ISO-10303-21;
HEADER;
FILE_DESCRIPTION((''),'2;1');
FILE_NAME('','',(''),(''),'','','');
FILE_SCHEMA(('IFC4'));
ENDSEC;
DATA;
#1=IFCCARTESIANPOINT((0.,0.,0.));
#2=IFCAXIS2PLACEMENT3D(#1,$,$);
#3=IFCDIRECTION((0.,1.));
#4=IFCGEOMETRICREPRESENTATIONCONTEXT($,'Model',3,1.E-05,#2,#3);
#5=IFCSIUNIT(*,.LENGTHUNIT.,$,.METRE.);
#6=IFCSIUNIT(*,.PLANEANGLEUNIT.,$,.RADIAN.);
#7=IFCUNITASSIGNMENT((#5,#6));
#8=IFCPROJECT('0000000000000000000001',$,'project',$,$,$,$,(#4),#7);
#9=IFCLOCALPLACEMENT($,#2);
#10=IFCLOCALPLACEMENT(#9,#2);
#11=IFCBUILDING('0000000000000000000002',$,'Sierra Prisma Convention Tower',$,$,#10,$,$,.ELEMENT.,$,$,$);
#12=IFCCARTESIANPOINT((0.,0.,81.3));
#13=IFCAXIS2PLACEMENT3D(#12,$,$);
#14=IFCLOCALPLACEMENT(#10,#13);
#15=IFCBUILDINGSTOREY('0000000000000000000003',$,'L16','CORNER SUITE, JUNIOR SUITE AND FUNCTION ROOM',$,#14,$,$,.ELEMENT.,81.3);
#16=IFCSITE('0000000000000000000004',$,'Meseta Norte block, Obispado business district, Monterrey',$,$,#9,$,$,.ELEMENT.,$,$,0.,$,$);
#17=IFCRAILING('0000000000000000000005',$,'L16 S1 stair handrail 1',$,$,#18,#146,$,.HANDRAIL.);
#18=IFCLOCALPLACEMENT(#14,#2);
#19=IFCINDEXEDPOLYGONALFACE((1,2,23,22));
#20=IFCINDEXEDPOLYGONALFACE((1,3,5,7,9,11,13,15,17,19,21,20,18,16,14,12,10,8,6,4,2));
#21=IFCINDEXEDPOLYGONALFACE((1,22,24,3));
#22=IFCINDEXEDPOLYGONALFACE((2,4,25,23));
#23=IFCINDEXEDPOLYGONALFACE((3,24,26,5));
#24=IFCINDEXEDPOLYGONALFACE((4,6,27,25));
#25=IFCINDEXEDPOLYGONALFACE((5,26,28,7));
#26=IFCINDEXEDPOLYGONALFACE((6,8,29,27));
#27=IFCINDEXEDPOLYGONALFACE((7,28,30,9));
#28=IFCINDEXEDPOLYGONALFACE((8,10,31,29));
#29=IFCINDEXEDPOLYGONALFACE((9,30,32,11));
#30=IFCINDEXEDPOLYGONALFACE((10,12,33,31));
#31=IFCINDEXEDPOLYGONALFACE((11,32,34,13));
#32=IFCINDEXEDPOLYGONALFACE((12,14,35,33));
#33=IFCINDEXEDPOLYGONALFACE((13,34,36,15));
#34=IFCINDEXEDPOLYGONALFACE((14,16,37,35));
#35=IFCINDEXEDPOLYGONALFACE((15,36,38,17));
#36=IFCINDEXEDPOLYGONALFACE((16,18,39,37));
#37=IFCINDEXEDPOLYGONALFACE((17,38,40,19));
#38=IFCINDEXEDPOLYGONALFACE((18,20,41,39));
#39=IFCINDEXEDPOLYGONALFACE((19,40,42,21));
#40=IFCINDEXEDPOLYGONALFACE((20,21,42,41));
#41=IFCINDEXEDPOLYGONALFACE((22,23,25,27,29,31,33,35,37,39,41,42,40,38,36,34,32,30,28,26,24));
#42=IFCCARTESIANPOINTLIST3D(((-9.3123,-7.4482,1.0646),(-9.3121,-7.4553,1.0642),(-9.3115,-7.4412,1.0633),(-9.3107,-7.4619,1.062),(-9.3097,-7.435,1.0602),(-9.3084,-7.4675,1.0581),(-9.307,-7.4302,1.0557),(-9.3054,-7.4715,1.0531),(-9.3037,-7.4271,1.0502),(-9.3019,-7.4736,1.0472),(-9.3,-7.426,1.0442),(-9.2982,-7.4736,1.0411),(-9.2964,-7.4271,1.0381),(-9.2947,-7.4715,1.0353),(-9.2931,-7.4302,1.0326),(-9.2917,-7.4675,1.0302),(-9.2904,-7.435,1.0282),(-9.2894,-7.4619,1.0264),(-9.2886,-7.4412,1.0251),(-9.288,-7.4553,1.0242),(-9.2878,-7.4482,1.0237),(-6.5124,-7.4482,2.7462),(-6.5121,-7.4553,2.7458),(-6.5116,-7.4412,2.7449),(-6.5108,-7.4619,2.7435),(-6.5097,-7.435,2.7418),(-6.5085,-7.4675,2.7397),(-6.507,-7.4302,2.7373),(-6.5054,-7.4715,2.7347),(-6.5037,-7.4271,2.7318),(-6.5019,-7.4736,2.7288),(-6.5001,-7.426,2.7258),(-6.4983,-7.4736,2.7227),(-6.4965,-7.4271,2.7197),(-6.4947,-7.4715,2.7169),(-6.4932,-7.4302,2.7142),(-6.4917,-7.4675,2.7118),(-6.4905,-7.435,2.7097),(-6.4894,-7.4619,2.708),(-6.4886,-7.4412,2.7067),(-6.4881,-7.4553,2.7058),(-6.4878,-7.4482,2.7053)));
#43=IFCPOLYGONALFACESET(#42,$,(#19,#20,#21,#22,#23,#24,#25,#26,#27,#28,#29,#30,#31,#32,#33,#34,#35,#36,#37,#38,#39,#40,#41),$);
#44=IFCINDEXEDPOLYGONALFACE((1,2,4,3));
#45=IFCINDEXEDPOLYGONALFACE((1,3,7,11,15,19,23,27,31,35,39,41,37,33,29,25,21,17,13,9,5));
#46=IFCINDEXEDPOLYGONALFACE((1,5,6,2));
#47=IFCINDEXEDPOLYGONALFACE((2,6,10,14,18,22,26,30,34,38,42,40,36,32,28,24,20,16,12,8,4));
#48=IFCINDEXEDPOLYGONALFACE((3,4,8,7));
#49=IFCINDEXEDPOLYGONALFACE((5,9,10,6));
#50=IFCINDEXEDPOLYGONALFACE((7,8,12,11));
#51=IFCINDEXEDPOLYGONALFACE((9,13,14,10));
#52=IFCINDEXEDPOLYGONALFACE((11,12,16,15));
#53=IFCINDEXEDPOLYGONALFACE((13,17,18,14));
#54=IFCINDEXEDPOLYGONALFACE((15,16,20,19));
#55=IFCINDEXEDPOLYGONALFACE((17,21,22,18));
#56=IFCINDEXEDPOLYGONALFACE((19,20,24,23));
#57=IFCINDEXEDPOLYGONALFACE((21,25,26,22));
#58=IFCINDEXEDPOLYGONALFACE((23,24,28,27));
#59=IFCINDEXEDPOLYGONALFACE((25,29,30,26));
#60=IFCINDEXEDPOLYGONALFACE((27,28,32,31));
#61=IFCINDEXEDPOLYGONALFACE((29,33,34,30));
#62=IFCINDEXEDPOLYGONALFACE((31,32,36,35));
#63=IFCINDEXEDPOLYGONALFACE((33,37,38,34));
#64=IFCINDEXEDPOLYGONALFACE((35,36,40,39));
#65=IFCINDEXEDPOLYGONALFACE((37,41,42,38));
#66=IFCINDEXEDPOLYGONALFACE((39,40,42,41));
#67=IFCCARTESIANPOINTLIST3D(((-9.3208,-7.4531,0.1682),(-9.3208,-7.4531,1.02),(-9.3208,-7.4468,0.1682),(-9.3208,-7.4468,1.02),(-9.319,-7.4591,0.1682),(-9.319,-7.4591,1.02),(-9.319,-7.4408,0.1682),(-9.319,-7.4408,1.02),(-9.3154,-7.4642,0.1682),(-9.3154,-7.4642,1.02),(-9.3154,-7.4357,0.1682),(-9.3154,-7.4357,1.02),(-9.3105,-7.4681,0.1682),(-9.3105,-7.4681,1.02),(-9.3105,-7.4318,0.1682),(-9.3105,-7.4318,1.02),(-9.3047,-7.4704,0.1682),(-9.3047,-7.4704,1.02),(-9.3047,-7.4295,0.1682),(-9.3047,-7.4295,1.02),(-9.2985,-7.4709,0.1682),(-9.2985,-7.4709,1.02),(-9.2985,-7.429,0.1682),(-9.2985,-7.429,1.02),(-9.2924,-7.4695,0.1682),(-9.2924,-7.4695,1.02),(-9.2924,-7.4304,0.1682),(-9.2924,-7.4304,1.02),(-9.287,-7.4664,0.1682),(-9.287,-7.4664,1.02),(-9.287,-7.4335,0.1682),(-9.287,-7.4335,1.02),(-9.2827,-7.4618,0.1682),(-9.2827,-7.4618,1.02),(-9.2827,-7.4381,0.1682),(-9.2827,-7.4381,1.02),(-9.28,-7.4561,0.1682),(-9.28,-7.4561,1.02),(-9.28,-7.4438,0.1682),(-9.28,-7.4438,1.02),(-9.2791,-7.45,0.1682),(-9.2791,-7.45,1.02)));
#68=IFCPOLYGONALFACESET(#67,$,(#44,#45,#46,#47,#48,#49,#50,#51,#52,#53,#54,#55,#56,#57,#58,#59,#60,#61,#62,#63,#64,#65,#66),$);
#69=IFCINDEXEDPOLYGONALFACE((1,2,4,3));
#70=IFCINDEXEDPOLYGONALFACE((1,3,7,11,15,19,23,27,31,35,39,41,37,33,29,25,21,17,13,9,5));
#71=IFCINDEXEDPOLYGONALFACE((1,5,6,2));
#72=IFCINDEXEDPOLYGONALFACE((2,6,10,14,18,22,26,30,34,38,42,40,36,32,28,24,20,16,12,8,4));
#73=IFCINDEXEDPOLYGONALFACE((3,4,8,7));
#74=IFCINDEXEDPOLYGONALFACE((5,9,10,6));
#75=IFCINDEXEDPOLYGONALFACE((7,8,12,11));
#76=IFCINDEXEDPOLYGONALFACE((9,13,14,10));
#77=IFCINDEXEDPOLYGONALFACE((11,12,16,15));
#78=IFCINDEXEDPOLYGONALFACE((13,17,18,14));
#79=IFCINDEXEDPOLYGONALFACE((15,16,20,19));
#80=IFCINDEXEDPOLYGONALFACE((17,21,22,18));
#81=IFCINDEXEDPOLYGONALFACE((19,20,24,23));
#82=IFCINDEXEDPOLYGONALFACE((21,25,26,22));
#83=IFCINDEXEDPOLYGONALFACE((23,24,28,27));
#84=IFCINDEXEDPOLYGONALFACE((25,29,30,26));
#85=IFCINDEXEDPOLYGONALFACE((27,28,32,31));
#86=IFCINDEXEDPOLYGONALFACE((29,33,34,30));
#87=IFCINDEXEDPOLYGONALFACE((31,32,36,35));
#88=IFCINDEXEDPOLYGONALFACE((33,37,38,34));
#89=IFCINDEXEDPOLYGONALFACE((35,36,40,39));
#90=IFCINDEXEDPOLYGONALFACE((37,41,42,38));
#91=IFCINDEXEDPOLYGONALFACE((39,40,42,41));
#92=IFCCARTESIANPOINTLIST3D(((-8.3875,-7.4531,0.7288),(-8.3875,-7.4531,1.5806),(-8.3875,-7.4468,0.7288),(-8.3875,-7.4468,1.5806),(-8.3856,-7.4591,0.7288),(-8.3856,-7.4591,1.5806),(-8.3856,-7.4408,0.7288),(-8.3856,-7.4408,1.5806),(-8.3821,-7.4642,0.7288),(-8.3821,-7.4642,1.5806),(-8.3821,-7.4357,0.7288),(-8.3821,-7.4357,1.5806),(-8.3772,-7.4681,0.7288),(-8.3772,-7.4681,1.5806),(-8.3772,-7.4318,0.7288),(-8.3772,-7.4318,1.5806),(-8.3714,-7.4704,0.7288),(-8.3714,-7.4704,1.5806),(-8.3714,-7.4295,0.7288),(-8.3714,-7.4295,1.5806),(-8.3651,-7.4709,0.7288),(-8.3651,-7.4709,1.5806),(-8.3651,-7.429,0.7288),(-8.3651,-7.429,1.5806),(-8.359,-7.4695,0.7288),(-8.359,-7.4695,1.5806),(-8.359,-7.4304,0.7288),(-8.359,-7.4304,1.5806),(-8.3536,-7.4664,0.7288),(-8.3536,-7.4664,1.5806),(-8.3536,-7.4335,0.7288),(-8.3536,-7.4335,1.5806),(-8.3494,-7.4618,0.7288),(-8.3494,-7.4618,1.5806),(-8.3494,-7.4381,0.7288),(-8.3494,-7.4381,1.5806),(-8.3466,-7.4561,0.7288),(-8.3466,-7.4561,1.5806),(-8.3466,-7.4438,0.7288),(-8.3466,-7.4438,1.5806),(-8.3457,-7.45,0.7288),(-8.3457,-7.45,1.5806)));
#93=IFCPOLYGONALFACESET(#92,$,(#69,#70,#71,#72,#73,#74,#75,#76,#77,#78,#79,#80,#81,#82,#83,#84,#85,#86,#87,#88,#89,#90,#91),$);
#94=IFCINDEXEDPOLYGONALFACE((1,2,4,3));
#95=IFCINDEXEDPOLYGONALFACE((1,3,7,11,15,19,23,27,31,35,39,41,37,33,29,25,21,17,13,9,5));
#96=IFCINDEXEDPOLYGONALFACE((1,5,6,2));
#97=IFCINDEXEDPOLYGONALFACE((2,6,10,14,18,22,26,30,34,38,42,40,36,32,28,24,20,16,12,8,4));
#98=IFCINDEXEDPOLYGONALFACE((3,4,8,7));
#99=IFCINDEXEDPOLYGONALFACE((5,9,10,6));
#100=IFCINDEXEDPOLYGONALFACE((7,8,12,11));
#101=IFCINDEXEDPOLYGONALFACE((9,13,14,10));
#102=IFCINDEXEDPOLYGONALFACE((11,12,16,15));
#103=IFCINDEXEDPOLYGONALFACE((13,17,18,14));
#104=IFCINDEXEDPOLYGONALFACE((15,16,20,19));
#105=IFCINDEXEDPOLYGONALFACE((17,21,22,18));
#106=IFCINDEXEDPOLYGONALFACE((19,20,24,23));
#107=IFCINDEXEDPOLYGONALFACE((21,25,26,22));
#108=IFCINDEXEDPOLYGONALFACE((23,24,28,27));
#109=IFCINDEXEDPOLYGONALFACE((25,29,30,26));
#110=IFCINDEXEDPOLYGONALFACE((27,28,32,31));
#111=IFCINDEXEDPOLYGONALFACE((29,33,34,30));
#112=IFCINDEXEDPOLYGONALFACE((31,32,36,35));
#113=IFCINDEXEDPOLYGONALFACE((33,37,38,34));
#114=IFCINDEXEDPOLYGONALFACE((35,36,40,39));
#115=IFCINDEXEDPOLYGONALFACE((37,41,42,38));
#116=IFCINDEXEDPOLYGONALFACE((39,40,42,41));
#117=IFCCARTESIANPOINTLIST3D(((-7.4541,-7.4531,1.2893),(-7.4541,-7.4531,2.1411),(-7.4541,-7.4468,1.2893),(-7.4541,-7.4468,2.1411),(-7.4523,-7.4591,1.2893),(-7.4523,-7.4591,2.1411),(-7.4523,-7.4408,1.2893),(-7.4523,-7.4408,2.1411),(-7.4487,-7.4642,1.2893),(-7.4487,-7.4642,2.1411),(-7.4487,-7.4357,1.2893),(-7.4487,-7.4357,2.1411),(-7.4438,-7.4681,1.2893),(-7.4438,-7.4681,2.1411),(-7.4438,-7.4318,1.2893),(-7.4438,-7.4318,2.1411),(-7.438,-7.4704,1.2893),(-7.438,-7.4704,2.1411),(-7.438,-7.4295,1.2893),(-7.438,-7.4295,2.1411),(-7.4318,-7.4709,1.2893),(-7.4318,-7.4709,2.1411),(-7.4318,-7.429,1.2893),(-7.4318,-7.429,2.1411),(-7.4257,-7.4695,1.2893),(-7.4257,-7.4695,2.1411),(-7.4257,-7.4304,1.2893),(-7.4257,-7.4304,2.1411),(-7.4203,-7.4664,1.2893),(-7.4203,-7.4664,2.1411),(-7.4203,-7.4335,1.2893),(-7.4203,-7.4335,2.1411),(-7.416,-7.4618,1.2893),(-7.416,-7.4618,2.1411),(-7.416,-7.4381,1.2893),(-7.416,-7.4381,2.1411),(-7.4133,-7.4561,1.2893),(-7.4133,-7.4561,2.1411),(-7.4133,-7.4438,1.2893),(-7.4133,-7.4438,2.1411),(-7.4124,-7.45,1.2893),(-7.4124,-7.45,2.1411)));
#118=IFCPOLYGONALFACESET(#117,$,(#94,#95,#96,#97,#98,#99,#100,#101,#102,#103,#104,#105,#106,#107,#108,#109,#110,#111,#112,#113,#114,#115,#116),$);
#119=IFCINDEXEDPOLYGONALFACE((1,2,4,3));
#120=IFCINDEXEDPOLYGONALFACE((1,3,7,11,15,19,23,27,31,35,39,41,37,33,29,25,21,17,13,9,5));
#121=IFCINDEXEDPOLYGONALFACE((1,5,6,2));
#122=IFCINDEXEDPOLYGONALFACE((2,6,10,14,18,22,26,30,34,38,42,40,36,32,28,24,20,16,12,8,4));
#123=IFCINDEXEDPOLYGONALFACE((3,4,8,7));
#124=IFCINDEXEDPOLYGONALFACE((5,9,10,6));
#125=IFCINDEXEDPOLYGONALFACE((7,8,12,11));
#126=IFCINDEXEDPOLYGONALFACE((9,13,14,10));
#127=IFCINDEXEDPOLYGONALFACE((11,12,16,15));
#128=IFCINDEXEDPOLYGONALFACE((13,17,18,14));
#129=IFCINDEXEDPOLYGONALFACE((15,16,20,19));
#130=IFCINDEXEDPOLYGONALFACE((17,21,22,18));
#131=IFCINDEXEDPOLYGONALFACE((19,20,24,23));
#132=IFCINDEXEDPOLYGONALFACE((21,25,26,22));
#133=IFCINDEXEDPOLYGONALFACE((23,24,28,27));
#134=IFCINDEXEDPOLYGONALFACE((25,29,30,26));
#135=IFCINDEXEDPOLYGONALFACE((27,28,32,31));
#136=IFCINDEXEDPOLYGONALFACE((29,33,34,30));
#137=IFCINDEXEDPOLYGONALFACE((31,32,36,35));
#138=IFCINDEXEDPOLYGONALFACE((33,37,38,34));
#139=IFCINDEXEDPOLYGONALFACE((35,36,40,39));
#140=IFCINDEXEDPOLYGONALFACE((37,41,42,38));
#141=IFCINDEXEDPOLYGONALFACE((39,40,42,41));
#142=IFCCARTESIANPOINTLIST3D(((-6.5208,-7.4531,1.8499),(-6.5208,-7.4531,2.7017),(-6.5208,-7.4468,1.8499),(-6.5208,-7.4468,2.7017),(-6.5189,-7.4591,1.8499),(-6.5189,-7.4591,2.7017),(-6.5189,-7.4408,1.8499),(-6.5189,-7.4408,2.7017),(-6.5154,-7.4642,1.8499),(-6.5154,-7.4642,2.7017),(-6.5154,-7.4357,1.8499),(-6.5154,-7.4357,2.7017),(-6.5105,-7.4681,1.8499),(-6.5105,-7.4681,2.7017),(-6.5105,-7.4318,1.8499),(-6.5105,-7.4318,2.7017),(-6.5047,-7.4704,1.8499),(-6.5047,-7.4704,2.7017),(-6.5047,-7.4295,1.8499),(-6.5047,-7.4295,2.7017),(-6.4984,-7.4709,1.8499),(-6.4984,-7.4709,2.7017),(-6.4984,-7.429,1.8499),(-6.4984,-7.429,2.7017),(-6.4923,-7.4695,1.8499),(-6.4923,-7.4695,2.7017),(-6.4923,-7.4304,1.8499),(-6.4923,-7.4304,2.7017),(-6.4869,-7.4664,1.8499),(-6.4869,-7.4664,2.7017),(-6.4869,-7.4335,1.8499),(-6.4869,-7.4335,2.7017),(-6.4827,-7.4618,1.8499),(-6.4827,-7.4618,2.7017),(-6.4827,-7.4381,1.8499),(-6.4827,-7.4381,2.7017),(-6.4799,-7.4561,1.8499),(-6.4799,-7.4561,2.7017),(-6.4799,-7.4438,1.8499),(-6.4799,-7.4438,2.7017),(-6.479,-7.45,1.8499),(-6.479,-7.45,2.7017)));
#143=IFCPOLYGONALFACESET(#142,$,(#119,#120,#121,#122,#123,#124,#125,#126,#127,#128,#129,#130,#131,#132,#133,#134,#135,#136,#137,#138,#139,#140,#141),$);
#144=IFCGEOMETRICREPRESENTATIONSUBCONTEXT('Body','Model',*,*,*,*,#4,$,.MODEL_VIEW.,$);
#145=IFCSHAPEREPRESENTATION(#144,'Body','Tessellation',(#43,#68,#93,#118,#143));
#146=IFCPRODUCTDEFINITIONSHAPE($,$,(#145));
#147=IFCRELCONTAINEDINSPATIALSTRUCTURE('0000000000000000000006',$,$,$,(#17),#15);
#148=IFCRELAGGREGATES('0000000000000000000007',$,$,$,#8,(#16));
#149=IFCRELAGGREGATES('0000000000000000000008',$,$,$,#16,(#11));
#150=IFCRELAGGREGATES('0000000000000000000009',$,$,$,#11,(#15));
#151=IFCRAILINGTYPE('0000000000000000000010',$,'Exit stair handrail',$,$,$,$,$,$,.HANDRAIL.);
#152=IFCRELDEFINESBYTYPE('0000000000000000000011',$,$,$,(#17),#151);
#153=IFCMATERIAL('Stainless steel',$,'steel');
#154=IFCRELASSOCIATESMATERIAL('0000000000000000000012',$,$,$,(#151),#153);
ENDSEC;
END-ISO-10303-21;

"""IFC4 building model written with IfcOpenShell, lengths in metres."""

from ifc_helpers import new_model, si_unit, direction, frame, origin, origin_2d, place, context, subcontext, project, spatial, circle, extrude, material, type_object, element, save


model = new_model("IFC4")

# Units and contexts
model_context = context("Model", 3, precision=1e-05, world=origin(), true_north=direction((0.0, 1.0)))
body_context = subcontext(model_context, "Body", "Model", "MODEL_VIEW")
ifc_project = project(units=[si_unit("LENGTHUNIT", "METRE"), si_unit("PLANEANGLEUNIT", "RADIAN")], contexts=[model_context])

# Site, building, storey
site_placement = place(None, origin())
site = spatial("IfcSite", under=ifc_project, at=site_placement, Name="Meseta Norte block, Obispado business district, Monterrey", CompositionType="ELEMENT", RefElevation=0.0)
building_placement = place(site_placement, origin())
building = spatial("IfcBuilding", under=site, at=building_placement, Name="Sierra Prisma Convention Tower", CompositionType="ELEMENT")
storey_placement = place(building_placement, frame((0.0, 0.0, 81.3)))
storey = spatial("IfcBuildingStorey", under=building, at=storey_placement, Name="L16", Description="CORNER SUITE, JUNIOR SUITE AND FUNCTION ROOM", CompositionType="ELEMENT", Elevation=81.3)

# Railing
ifc_material_1 = material(Name="Stainless steel", Category="steel")
railing_type_1 = type_object("IfcRailingType", Name="Exit stair handrail", PredefinedType="HANDRAIL", material=ifc_material_1)
railing_1_placement = place(storey_placement, frame((-9.3, -7.45, 0.1682)))
element("IfcRailing", 1, at=railing_1_placement, inside=storey, type_object=railing_type_1, Name="L16 S1 stair handrail 1", PredefinedType="HANDRAIL", context=body_context, shape_type="SweptSolid", body=[
    extrude(circle(Radius=0.0239, at=origin_2d()), frame((0.0, 0.0, 0.876), z_axis=(0.857275, 0.0, 0.514858), x_axis=(0.0, 1.0, 0.0)), (0.0, 0.0, 1.0), 3.2661),
    extrude(circle(Radius=0.021, at=origin_2d()), origin(), (0.0, 0.0, 1.0), 0.8518),
    extrude(circle(Radius=0.021, at=origin_2d()), frame((0.9333, 0.0, 0.5605)), (0.0, 0.0, 1.0), 0.8518),
    extrude(circle(Radius=0.021, at=origin_2d()), frame((1.8667, 0.0, 1.1211)), (0.0, 0.0, 1.0), 0.8518),
    extrude(circle(Radius=0.021, at=origin_2d()), frame((2.8, 0.0, 1.6816)), (0.0, 0.0, 1.0), 0.8518),
])

save(model, "model.ifc")
